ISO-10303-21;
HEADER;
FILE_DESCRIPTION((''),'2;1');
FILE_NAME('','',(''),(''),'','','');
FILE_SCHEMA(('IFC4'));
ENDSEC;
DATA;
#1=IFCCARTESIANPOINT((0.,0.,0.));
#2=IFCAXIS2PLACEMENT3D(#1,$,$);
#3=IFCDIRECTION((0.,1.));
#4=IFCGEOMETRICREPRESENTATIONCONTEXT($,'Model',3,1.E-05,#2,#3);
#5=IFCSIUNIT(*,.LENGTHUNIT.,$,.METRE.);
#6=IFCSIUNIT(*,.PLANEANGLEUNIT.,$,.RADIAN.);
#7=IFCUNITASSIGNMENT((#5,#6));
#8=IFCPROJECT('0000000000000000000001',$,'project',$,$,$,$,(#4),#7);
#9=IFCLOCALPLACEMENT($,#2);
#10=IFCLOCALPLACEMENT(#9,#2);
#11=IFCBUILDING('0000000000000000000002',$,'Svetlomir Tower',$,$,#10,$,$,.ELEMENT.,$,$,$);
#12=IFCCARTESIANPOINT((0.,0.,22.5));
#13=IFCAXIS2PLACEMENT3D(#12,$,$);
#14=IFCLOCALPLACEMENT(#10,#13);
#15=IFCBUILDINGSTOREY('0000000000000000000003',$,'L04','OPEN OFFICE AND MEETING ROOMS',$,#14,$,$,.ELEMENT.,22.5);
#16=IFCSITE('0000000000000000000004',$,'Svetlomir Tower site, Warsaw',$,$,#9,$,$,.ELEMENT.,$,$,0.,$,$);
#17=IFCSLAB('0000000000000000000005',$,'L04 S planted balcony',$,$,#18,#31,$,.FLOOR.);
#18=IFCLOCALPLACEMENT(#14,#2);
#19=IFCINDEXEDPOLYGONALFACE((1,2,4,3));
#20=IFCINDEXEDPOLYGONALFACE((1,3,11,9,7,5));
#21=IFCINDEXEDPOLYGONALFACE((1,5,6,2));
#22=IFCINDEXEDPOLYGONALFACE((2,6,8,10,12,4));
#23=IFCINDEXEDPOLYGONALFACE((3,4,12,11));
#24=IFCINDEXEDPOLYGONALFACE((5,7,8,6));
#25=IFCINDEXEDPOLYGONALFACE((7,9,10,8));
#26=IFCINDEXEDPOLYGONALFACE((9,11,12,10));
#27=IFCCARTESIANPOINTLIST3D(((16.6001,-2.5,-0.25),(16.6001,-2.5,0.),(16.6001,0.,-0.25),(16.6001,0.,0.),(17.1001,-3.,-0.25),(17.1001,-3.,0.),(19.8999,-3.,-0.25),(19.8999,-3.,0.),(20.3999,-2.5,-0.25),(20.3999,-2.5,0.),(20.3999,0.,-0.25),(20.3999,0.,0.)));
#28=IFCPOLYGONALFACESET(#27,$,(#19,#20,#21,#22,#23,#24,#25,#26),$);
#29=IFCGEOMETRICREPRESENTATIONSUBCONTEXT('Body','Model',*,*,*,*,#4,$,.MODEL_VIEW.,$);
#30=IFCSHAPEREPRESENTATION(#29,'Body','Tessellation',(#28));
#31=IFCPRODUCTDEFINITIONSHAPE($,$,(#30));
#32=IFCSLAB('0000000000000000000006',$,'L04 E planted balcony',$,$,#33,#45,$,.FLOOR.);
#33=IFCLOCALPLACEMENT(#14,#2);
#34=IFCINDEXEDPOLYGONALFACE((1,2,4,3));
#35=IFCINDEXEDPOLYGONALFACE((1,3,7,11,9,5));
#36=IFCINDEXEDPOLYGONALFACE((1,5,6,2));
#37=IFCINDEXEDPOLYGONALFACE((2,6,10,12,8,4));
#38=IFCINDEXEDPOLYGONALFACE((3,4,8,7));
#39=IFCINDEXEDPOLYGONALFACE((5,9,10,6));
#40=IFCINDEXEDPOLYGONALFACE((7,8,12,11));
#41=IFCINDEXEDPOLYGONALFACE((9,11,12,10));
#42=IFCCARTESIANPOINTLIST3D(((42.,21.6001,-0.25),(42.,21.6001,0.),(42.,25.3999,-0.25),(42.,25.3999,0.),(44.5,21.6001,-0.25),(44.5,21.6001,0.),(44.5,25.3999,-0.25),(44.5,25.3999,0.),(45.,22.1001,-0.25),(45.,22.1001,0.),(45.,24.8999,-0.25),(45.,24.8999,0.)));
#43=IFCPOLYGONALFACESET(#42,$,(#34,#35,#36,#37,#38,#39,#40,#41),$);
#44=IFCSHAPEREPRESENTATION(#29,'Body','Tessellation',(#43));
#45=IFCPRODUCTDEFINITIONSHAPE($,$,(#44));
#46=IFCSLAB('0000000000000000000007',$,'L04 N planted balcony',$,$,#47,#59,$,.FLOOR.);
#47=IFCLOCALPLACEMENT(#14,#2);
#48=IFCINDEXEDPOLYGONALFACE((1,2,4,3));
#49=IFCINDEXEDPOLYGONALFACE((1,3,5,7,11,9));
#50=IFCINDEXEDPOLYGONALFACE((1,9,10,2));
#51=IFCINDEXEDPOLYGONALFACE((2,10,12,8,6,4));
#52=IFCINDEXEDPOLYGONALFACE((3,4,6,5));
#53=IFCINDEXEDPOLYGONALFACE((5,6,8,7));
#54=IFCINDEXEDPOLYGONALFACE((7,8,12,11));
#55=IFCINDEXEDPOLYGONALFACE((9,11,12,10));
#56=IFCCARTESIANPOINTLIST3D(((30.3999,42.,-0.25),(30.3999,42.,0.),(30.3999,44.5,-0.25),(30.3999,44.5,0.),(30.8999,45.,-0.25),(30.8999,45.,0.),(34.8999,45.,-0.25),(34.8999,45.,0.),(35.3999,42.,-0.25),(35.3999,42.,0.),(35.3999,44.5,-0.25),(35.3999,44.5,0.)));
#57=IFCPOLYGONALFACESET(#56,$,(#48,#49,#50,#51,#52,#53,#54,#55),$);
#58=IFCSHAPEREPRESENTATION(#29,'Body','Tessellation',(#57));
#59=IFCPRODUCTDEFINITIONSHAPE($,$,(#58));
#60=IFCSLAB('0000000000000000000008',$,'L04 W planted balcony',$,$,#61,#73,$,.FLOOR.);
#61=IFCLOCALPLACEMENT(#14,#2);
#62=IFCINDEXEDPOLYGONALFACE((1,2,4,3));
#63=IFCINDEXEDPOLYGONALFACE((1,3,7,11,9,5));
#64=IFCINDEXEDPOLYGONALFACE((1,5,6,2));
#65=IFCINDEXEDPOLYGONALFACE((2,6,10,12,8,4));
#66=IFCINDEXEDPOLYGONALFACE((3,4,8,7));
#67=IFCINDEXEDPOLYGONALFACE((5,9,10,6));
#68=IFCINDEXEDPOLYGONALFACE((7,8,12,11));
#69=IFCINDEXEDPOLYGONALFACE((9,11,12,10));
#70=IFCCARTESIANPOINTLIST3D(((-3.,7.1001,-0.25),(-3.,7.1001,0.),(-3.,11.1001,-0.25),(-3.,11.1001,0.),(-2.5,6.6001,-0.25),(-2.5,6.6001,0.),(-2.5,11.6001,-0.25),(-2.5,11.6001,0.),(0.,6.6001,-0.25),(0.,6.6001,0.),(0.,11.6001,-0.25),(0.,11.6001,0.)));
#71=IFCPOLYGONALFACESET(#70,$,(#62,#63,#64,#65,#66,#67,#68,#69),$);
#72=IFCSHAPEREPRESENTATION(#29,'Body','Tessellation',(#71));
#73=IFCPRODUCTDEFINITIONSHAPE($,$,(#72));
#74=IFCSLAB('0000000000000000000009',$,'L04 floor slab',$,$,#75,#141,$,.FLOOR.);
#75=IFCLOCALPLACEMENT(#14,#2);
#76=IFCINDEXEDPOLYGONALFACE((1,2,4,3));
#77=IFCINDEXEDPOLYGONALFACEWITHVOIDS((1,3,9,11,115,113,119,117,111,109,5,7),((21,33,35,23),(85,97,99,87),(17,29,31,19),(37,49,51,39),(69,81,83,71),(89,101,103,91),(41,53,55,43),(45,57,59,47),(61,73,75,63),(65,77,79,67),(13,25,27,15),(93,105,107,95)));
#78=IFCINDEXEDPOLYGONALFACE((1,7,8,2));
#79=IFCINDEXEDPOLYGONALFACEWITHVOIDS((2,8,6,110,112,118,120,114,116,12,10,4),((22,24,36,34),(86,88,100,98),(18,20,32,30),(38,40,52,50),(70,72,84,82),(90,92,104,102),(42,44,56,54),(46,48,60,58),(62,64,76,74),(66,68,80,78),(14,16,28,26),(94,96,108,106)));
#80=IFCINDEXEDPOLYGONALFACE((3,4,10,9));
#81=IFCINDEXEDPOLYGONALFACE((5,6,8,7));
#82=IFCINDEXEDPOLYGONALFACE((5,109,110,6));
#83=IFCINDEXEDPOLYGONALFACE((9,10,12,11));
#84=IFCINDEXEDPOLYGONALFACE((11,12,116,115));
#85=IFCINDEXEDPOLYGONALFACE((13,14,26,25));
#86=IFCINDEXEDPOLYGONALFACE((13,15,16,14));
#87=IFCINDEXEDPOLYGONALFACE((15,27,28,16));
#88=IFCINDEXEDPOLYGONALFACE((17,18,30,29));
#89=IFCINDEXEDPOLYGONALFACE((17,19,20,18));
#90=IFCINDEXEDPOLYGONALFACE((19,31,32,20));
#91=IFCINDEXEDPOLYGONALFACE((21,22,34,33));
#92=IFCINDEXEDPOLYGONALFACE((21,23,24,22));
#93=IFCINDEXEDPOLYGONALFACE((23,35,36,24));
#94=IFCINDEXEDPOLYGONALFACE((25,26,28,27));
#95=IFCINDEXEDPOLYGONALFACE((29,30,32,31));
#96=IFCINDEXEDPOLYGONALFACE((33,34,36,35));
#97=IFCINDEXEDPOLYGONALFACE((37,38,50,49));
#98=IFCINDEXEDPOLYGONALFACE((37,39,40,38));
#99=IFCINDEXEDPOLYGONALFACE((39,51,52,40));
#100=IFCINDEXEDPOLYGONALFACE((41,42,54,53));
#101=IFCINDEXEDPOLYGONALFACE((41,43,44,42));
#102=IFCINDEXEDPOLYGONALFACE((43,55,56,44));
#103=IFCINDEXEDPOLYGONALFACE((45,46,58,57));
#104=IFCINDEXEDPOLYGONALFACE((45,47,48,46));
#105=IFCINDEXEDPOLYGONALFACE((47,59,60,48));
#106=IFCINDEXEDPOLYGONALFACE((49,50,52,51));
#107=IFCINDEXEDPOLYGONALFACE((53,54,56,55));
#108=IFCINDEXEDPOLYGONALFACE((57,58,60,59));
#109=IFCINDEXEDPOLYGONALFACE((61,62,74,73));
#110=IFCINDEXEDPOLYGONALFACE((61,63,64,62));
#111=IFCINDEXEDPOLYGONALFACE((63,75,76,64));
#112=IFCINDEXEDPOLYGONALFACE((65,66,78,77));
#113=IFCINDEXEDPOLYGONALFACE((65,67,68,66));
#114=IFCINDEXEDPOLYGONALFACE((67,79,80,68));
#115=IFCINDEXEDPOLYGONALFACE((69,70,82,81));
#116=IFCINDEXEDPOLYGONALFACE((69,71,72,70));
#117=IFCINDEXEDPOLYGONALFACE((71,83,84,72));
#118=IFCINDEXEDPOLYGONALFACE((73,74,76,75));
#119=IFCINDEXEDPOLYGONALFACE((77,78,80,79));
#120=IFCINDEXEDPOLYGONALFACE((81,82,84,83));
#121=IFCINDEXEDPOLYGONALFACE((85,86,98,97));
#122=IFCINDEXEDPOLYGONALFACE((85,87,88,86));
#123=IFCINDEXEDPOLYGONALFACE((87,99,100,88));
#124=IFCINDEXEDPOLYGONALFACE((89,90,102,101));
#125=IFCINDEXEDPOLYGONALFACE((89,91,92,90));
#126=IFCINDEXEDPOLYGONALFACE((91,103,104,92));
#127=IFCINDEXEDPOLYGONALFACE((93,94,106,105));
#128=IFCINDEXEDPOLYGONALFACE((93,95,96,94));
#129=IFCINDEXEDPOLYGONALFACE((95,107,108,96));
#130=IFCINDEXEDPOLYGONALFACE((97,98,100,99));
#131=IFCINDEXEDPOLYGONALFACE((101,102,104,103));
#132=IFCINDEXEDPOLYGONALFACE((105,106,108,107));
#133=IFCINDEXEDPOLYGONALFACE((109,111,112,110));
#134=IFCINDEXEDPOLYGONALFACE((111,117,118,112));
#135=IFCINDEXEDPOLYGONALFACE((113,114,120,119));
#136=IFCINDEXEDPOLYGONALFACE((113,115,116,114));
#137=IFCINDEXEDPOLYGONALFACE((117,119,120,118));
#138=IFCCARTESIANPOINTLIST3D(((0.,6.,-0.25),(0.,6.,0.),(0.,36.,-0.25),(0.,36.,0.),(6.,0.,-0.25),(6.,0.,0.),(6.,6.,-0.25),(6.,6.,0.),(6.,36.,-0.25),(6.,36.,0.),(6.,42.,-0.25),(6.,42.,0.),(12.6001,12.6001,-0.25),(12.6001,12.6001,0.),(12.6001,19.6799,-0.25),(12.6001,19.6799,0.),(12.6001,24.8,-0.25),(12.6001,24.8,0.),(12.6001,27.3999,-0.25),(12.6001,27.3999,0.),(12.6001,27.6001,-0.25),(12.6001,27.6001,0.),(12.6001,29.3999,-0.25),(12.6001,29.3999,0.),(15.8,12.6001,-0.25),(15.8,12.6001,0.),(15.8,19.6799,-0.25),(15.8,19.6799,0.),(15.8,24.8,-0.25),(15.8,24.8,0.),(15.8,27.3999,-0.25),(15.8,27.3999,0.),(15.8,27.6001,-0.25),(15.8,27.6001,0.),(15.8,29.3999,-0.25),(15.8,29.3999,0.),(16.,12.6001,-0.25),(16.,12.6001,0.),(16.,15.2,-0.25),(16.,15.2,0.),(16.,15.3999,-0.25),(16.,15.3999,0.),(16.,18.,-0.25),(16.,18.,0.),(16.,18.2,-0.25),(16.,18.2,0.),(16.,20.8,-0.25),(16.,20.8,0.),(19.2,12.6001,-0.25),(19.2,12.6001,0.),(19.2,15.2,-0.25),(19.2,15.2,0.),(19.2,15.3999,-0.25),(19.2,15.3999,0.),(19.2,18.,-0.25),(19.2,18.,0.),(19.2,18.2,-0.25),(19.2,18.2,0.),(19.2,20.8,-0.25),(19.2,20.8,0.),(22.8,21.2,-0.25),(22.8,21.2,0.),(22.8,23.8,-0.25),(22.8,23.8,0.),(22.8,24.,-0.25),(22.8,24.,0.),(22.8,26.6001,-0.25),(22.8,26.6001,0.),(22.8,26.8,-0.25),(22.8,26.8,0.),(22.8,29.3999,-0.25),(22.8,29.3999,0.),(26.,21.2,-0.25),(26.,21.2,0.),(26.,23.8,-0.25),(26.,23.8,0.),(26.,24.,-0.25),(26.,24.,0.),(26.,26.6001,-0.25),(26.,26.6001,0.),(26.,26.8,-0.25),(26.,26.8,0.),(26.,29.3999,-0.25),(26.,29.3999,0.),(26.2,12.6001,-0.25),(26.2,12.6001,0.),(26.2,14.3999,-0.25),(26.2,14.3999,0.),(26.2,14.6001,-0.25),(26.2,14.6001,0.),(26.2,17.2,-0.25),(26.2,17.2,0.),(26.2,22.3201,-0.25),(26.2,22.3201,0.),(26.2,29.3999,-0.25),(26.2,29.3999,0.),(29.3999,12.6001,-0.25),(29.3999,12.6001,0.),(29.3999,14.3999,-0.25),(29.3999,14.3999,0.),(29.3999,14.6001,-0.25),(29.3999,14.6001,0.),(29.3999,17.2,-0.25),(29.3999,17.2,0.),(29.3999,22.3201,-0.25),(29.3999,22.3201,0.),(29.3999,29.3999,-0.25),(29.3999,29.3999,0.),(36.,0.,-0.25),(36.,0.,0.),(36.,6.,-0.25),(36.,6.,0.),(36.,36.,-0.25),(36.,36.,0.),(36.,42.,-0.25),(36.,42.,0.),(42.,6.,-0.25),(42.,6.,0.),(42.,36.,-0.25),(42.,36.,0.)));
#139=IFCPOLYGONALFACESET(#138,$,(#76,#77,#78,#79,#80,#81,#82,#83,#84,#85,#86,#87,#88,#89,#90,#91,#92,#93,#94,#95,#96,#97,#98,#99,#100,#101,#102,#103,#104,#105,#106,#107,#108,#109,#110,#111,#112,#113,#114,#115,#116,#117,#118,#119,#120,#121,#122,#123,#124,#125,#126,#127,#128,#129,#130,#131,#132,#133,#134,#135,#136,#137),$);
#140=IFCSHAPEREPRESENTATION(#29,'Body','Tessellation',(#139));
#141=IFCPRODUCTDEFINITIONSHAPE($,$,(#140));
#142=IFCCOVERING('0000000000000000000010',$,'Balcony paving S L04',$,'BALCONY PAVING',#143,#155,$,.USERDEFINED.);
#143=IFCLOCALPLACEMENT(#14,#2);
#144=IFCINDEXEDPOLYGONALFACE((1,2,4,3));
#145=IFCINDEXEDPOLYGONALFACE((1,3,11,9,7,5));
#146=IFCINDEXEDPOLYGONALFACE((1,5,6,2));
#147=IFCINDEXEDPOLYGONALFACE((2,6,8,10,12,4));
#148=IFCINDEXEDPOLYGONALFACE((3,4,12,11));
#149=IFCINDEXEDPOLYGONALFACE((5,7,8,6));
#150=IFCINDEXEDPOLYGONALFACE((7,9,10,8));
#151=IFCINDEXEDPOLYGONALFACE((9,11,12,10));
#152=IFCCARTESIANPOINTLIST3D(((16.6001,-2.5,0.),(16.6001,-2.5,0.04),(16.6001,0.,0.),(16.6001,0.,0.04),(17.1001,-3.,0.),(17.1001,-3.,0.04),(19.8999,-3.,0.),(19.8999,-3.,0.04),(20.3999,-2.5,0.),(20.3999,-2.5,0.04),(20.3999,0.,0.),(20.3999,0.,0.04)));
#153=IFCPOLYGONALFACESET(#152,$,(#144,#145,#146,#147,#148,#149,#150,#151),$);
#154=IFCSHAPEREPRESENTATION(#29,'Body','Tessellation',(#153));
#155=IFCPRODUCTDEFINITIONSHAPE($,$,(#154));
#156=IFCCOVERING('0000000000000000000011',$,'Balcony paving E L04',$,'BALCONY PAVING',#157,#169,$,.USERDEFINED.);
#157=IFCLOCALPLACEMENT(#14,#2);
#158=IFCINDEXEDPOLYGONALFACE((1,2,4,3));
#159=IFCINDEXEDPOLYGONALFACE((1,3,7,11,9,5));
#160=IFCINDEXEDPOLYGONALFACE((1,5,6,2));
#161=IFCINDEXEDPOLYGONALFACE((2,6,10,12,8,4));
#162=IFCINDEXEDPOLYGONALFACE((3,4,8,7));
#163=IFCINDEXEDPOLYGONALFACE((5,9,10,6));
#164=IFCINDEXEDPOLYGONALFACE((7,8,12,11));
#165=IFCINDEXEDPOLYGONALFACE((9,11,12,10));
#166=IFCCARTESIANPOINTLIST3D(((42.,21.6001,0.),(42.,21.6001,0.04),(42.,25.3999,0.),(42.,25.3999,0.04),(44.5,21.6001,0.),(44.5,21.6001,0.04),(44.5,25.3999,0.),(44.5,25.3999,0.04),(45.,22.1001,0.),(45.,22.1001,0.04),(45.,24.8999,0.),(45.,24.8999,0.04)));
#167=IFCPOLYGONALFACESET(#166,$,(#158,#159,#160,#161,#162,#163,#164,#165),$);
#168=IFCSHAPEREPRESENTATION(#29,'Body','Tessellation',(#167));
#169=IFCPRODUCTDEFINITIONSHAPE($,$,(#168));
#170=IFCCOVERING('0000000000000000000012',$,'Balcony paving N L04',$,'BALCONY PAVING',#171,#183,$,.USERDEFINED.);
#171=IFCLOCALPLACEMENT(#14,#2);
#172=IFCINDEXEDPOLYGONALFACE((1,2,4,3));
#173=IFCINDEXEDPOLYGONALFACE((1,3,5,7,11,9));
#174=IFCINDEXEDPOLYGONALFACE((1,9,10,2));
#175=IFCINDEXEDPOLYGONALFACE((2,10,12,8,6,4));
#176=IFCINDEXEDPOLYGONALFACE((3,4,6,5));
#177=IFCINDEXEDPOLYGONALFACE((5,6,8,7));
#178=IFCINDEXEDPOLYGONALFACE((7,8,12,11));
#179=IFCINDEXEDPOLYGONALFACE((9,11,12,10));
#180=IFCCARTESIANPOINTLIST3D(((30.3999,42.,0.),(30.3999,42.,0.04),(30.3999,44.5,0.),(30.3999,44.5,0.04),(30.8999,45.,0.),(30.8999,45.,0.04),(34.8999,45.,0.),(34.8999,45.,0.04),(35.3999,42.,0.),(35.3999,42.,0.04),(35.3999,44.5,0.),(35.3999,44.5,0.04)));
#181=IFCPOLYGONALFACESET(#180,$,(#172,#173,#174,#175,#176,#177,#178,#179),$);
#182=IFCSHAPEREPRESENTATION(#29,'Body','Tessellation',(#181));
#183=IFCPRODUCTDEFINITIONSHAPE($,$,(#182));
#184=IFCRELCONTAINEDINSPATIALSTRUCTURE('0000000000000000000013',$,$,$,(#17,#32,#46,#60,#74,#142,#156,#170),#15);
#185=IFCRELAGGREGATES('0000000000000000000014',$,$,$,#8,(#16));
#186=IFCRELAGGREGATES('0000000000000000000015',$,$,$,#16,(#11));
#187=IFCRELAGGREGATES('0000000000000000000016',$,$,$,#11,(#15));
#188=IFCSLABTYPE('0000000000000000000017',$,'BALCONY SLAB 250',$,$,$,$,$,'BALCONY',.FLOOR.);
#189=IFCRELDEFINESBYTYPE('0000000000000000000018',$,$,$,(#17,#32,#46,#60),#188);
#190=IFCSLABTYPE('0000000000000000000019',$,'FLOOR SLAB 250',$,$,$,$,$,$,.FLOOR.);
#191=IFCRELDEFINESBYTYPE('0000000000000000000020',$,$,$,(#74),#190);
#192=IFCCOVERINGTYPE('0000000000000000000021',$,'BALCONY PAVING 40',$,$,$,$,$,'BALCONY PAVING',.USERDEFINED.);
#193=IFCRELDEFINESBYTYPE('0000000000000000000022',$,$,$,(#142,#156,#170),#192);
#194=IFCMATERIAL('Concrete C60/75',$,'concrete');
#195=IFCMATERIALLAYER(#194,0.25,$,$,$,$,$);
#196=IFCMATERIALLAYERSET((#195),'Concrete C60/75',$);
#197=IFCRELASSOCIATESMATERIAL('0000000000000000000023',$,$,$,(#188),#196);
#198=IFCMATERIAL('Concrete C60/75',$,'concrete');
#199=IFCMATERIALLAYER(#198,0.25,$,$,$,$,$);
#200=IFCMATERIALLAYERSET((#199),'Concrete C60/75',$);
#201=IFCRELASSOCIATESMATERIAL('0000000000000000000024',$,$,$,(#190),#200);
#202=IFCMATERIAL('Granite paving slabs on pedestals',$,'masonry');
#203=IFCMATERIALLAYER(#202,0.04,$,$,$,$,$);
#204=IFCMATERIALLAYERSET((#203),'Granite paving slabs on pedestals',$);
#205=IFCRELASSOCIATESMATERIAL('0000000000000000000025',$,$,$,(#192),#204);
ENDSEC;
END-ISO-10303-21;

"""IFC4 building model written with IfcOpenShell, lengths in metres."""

from ifc_helpers import new_model, si_unit, direction, frame, origin, place, context, subcontext, project, spatial, polyline, outline, extrude, material, layer, layer_set, type_object, element, save


model = new_model("IFC4")

# Units and contexts
model_context = context("Model", 3, precision=1e-05, world=origin(), true_north=direction((0.0, 1.0)))
body_context = subcontext(model_context, "Body", "Model", "MODEL_VIEW")
ifc_project = project(units=[si_unit("LENGTHUNIT", "METRE"), si_unit("PLANEANGLEUNIT", "RADIAN")], contexts=[model_context])

# Site, building, storey
site_placement = place(None, origin())
site = spatial("IfcSite", under=ifc_project, at=site_placement, Name="Svetlomir Tower site, Warsaw", CompositionType="ELEMENT", RefElevation=0.0)
building_placement = place(site_placement, origin())
building = spatial("IfcBuilding", under=site, at=building_placement, Name="Svetlomir Tower", CompositionType="ELEMENT")
storey_placement = place(building_placement, frame((0.0, 0.0, 22.5)))
storey = spatial("IfcBuildingStorey", under=building, at=storey_placement, Name="L04", Description="OPEN OFFICE AND MEETING ROOMS", CompositionType="ELEMENT", Elevation=22.5)

# Slabs
ifc_material_1 = material(Name="Concrete C60/75", Category="concrete")
ifc_layer_1 = layer(ifc_material_1, 0.25)
ifc_layer_set_1 = layer_set([ifc_layer_1], Name="Concrete C60/75")
slab_type_1 = type_object("IfcSlabType", Name="BALCONY SLAB 250", ElementType="BALCONY", PredefinedType="FLOOR", material=ifc_layer_set_1)
slab_1_placement = place(storey_placement, frame((0.0, 0.0, -0.25)))
element("IfcSlab", 1, at=slab_1_placement, inside=storey, type_object=slab_type_1, Name="L04 S planted balcony", PredefinedType="FLOOR", context=body_context, shape_type="SweptSolid", body=[
    extrude(outline(polyline([(16.6001, -2.5), (17.1001, -3.0), (19.8999, -3.0), (20.3999, -2.5), (20.3999, 0.0), (16.6001, 0.0), (16.6001, -2.5)])), origin(), (0.0, 0.0, 1.0), 0.25),
])
slab_2_placement = place(storey_placement, frame((0.0, 0.0, -0.25)))
element("IfcSlab", 2, at=slab_2_placement, inside=storey, type_object=slab_type_1, Name="L04 E planted balcony", PredefinedType="FLOOR", context=body_context, shape_type="SweptSolid", body=[
    extrude(outline(polyline([(42.0, 21.6001), (44.5, 21.6001), (45.0, 22.1001), (45.0, 24.8999), (44.5, 25.3999), (42.0, 25.3999), (42.0, 21.6001)])), origin(), (0.0, 0.0, 1.0), 0.25),
])
slab_3_placement = place(storey_placement, frame((0.0, 0.0, -0.25)))
element("IfcSlab", 3, at=slab_3_placement, inside=storey, type_object=slab_type_1, Name="L04 N planted balcony", PredefinedType="FLOOR", context=body_context, shape_type="SweptSolid", body=[
    extrude(outline(polyline([(30.3999, 42.0), (35.3999, 42.0), (35.3999, 44.5), (34.8999, 45.0), (30.8999, 45.0), (30.3999, 44.5), (30.3999, 42.0)])), origin(), (0.0, 0.0, 1.0), 0.25),
])
slab_4_placement = place(storey_placement, frame((0.0, 0.0, -0.25)))
element("IfcSlab", 4, at=slab_4_placement, inside=storey, type_object=slab_type_1, Name="L04 W planted balcony", PredefinedType="FLOOR", context=body_context, shape_type="SweptSolid", body=[
    extrude(outline(polyline([(-2.5, 6.6001), (0.0, 6.6001), (0.0, 11.6001), (-2.5, 11.6001), (-3.0, 11.1001), (-3.0, 7.1001), (-2.5, 6.6001)])), origin(), (0.0, 0.0, 1.0), 0.25),
])
ifc_material_2 = material(Name="Concrete C60/75", Category="concrete")
ifc_layer_2 = layer(ifc_material_2, 0.25)
ifc_layer_set_2 = layer_set([ifc_layer_2], Name="Concrete C60/75")
slab_type_2 = type_object("IfcSlabType", Name="FLOOR SLAB 250", PredefinedType="FLOOR", material=ifc_layer_set_2)
slab_5_placement = place(storey_placement, frame((0.0, 0.0, -0.25)))
element("IfcSlab", 5, at=slab_5_placement, inside=storey, type_object=slab_type_2, Name="L04 floor slab", PredefinedType="FLOOR", context=body_context, shape_type="SweptSolid", body=[
    extrude(outline(polyline([(6.0, 0.0), (36.0, 0.0), (36.0, 6.0), (42.0, 6.0), (42.0, 36.0), (36.0, 36.0), (36.0, 42.0), (6.0, 42.0), (6.0, 36.0), (0.0, 36.0), (0.0, 6.0), (6.0, 6.0), (6.0, 0.0)]), holes=[polyline([(12.6001, 24.8), (15.8, 24.8), (15.8, 27.3999), (12.6001, 27.3999), (12.6001, 24.8)]), polyline([(26.2, 14.6001), (29.3999, 14.6001), (29.3999, 17.2), (26.2, 17.2), (26.2, 14.6001)]), polyline([(16.0, 12.6001), (19.2, 12.6001), (19.2, 15.2), (16.0, 15.2), (16.0, 12.6001)]), polyline([(16.0, 15.3999), (19.2, 15.3999), (19.2, 18.0), (16.0, 18.0), (16.0, 15.3999)]), polyline([(16.0, 18.2), (19.2, 18.2), (19.2, 20.8), (16.0, 20.8), (16.0, 18.2)]), polyline([(22.8, 21.2), (26.0, 21.2), (26.0, 23.8), (22.8, 23.8), (22.8, 21.2)]), polyline([(22.8, 24.0), (26.0, 24.0), (26.0, 26.6001), (22.8, 26.6001), (22.8, 24.0)]), polyline([(22.8, 26.8), (26.0, 26.8), (26.0, 29.3999), (22.8, 29.3999), (22.8, 26.8)]), polyline([(12.6001, 27.6001), (15.8, 27.6001), (15.8, 29.3999), (12.6001, 29.3999), (12.6001, 27.6001)]), polyline([(26.2, 12.6001), (29.3999, 12.6001), (29.3999, 14.3999), (26.2, 14.3999), (26.2, 12.6001)]), polyline([(12.6001, 12.6001), (15.8, 12.6001), (15.8, 19.6799), (12.6001, 19.6799), (12.6001, 12.6001)]), polyline([(26.2, 22.3201), (29.3999, 22.3201), (29.3999, 29.3999), (26.2, 29.3999), (26.2, 22.3201)])]), origin(), (0.0, 0.0, 1.0), 0.25),
])

# Coverings
ifc_material_3 = material(Name="Granite paving slabs on pedestals", Category="masonry")
ifc_layer_3 = layer(ifc_material_3, 0.04)
ifc_layer_set_3 = layer_set([ifc_layer_3], Name="Granite paving slabs on pedestals")
covering_type_1 = type_object("IfcCoveringType", Name="BALCONY PAVING 40", ElementType="BALCONY PAVING", PredefinedType="USERDEFINED", material=ifc_layer_set_3)
covering_1_placement = place(storey_placement, origin())
element("IfcCovering", 6, at=covering_1_placement, inside=storey, type_object=covering_type_1, Name="Balcony paving S L04", ObjectType="BALCONY PAVING", PredefinedType="USERDEFINED", context=body_context, shape_type="SweptSolid", body=[
    extrude(outline(polyline([(16.6001, -2.5), (17.1001, -3.0), (19.8999, -3.0), (20.3999, -2.5), (20.3999, 0.0), (16.6001, 0.0), (16.6001, -2.5)])), origin(), (0.0, 0.0, 1.0), 0.04),
])
covering_2_placement = place(storey_placement, origin())
element("IfcCovering", 7, at=covering_2_placement, inside=storey, type_object=covering_type_1, Name="Balcony paving E L04", ObjectType="BALCONY PAVING", PredefinedType="USERDEFINED", context=body_context, shape_type="SweptSolid", body=[
    extrude(outline(polyline([(42.0, 21.6001), (44.5, 21.6001), (45.0, 22.1001), (45.0, 24.8999), (44.5, 25.3999), (42.0, 25.3999), (42.0, 21.6001)])), origin(), (0.0, 0.0, 1.0), 0.04),
])
covering_3_placement = place(storey_placement, origin())
element("IfcCovering", 8, at=covering_3_placement, inside=storey, type_object=covering_type_1, Name="Balcony paving N L04", ObjectType="BALCONY PAVING", PredefinedType="USERDEFINED", context=body_context, shape_type="SweptSolid", body=[
    extrude(outline(polyline([(30.3999, 42.0), (35.3999, 42.0), (35.3999, 44.5), (34.8999, 45.0), (30.8999, 45.0), (30.3999, 44.5), (30.3999, 42.0)])), origin(), (0.0, 0.0, 1.0), 0.04),
])

save(model, "model.ifc")
